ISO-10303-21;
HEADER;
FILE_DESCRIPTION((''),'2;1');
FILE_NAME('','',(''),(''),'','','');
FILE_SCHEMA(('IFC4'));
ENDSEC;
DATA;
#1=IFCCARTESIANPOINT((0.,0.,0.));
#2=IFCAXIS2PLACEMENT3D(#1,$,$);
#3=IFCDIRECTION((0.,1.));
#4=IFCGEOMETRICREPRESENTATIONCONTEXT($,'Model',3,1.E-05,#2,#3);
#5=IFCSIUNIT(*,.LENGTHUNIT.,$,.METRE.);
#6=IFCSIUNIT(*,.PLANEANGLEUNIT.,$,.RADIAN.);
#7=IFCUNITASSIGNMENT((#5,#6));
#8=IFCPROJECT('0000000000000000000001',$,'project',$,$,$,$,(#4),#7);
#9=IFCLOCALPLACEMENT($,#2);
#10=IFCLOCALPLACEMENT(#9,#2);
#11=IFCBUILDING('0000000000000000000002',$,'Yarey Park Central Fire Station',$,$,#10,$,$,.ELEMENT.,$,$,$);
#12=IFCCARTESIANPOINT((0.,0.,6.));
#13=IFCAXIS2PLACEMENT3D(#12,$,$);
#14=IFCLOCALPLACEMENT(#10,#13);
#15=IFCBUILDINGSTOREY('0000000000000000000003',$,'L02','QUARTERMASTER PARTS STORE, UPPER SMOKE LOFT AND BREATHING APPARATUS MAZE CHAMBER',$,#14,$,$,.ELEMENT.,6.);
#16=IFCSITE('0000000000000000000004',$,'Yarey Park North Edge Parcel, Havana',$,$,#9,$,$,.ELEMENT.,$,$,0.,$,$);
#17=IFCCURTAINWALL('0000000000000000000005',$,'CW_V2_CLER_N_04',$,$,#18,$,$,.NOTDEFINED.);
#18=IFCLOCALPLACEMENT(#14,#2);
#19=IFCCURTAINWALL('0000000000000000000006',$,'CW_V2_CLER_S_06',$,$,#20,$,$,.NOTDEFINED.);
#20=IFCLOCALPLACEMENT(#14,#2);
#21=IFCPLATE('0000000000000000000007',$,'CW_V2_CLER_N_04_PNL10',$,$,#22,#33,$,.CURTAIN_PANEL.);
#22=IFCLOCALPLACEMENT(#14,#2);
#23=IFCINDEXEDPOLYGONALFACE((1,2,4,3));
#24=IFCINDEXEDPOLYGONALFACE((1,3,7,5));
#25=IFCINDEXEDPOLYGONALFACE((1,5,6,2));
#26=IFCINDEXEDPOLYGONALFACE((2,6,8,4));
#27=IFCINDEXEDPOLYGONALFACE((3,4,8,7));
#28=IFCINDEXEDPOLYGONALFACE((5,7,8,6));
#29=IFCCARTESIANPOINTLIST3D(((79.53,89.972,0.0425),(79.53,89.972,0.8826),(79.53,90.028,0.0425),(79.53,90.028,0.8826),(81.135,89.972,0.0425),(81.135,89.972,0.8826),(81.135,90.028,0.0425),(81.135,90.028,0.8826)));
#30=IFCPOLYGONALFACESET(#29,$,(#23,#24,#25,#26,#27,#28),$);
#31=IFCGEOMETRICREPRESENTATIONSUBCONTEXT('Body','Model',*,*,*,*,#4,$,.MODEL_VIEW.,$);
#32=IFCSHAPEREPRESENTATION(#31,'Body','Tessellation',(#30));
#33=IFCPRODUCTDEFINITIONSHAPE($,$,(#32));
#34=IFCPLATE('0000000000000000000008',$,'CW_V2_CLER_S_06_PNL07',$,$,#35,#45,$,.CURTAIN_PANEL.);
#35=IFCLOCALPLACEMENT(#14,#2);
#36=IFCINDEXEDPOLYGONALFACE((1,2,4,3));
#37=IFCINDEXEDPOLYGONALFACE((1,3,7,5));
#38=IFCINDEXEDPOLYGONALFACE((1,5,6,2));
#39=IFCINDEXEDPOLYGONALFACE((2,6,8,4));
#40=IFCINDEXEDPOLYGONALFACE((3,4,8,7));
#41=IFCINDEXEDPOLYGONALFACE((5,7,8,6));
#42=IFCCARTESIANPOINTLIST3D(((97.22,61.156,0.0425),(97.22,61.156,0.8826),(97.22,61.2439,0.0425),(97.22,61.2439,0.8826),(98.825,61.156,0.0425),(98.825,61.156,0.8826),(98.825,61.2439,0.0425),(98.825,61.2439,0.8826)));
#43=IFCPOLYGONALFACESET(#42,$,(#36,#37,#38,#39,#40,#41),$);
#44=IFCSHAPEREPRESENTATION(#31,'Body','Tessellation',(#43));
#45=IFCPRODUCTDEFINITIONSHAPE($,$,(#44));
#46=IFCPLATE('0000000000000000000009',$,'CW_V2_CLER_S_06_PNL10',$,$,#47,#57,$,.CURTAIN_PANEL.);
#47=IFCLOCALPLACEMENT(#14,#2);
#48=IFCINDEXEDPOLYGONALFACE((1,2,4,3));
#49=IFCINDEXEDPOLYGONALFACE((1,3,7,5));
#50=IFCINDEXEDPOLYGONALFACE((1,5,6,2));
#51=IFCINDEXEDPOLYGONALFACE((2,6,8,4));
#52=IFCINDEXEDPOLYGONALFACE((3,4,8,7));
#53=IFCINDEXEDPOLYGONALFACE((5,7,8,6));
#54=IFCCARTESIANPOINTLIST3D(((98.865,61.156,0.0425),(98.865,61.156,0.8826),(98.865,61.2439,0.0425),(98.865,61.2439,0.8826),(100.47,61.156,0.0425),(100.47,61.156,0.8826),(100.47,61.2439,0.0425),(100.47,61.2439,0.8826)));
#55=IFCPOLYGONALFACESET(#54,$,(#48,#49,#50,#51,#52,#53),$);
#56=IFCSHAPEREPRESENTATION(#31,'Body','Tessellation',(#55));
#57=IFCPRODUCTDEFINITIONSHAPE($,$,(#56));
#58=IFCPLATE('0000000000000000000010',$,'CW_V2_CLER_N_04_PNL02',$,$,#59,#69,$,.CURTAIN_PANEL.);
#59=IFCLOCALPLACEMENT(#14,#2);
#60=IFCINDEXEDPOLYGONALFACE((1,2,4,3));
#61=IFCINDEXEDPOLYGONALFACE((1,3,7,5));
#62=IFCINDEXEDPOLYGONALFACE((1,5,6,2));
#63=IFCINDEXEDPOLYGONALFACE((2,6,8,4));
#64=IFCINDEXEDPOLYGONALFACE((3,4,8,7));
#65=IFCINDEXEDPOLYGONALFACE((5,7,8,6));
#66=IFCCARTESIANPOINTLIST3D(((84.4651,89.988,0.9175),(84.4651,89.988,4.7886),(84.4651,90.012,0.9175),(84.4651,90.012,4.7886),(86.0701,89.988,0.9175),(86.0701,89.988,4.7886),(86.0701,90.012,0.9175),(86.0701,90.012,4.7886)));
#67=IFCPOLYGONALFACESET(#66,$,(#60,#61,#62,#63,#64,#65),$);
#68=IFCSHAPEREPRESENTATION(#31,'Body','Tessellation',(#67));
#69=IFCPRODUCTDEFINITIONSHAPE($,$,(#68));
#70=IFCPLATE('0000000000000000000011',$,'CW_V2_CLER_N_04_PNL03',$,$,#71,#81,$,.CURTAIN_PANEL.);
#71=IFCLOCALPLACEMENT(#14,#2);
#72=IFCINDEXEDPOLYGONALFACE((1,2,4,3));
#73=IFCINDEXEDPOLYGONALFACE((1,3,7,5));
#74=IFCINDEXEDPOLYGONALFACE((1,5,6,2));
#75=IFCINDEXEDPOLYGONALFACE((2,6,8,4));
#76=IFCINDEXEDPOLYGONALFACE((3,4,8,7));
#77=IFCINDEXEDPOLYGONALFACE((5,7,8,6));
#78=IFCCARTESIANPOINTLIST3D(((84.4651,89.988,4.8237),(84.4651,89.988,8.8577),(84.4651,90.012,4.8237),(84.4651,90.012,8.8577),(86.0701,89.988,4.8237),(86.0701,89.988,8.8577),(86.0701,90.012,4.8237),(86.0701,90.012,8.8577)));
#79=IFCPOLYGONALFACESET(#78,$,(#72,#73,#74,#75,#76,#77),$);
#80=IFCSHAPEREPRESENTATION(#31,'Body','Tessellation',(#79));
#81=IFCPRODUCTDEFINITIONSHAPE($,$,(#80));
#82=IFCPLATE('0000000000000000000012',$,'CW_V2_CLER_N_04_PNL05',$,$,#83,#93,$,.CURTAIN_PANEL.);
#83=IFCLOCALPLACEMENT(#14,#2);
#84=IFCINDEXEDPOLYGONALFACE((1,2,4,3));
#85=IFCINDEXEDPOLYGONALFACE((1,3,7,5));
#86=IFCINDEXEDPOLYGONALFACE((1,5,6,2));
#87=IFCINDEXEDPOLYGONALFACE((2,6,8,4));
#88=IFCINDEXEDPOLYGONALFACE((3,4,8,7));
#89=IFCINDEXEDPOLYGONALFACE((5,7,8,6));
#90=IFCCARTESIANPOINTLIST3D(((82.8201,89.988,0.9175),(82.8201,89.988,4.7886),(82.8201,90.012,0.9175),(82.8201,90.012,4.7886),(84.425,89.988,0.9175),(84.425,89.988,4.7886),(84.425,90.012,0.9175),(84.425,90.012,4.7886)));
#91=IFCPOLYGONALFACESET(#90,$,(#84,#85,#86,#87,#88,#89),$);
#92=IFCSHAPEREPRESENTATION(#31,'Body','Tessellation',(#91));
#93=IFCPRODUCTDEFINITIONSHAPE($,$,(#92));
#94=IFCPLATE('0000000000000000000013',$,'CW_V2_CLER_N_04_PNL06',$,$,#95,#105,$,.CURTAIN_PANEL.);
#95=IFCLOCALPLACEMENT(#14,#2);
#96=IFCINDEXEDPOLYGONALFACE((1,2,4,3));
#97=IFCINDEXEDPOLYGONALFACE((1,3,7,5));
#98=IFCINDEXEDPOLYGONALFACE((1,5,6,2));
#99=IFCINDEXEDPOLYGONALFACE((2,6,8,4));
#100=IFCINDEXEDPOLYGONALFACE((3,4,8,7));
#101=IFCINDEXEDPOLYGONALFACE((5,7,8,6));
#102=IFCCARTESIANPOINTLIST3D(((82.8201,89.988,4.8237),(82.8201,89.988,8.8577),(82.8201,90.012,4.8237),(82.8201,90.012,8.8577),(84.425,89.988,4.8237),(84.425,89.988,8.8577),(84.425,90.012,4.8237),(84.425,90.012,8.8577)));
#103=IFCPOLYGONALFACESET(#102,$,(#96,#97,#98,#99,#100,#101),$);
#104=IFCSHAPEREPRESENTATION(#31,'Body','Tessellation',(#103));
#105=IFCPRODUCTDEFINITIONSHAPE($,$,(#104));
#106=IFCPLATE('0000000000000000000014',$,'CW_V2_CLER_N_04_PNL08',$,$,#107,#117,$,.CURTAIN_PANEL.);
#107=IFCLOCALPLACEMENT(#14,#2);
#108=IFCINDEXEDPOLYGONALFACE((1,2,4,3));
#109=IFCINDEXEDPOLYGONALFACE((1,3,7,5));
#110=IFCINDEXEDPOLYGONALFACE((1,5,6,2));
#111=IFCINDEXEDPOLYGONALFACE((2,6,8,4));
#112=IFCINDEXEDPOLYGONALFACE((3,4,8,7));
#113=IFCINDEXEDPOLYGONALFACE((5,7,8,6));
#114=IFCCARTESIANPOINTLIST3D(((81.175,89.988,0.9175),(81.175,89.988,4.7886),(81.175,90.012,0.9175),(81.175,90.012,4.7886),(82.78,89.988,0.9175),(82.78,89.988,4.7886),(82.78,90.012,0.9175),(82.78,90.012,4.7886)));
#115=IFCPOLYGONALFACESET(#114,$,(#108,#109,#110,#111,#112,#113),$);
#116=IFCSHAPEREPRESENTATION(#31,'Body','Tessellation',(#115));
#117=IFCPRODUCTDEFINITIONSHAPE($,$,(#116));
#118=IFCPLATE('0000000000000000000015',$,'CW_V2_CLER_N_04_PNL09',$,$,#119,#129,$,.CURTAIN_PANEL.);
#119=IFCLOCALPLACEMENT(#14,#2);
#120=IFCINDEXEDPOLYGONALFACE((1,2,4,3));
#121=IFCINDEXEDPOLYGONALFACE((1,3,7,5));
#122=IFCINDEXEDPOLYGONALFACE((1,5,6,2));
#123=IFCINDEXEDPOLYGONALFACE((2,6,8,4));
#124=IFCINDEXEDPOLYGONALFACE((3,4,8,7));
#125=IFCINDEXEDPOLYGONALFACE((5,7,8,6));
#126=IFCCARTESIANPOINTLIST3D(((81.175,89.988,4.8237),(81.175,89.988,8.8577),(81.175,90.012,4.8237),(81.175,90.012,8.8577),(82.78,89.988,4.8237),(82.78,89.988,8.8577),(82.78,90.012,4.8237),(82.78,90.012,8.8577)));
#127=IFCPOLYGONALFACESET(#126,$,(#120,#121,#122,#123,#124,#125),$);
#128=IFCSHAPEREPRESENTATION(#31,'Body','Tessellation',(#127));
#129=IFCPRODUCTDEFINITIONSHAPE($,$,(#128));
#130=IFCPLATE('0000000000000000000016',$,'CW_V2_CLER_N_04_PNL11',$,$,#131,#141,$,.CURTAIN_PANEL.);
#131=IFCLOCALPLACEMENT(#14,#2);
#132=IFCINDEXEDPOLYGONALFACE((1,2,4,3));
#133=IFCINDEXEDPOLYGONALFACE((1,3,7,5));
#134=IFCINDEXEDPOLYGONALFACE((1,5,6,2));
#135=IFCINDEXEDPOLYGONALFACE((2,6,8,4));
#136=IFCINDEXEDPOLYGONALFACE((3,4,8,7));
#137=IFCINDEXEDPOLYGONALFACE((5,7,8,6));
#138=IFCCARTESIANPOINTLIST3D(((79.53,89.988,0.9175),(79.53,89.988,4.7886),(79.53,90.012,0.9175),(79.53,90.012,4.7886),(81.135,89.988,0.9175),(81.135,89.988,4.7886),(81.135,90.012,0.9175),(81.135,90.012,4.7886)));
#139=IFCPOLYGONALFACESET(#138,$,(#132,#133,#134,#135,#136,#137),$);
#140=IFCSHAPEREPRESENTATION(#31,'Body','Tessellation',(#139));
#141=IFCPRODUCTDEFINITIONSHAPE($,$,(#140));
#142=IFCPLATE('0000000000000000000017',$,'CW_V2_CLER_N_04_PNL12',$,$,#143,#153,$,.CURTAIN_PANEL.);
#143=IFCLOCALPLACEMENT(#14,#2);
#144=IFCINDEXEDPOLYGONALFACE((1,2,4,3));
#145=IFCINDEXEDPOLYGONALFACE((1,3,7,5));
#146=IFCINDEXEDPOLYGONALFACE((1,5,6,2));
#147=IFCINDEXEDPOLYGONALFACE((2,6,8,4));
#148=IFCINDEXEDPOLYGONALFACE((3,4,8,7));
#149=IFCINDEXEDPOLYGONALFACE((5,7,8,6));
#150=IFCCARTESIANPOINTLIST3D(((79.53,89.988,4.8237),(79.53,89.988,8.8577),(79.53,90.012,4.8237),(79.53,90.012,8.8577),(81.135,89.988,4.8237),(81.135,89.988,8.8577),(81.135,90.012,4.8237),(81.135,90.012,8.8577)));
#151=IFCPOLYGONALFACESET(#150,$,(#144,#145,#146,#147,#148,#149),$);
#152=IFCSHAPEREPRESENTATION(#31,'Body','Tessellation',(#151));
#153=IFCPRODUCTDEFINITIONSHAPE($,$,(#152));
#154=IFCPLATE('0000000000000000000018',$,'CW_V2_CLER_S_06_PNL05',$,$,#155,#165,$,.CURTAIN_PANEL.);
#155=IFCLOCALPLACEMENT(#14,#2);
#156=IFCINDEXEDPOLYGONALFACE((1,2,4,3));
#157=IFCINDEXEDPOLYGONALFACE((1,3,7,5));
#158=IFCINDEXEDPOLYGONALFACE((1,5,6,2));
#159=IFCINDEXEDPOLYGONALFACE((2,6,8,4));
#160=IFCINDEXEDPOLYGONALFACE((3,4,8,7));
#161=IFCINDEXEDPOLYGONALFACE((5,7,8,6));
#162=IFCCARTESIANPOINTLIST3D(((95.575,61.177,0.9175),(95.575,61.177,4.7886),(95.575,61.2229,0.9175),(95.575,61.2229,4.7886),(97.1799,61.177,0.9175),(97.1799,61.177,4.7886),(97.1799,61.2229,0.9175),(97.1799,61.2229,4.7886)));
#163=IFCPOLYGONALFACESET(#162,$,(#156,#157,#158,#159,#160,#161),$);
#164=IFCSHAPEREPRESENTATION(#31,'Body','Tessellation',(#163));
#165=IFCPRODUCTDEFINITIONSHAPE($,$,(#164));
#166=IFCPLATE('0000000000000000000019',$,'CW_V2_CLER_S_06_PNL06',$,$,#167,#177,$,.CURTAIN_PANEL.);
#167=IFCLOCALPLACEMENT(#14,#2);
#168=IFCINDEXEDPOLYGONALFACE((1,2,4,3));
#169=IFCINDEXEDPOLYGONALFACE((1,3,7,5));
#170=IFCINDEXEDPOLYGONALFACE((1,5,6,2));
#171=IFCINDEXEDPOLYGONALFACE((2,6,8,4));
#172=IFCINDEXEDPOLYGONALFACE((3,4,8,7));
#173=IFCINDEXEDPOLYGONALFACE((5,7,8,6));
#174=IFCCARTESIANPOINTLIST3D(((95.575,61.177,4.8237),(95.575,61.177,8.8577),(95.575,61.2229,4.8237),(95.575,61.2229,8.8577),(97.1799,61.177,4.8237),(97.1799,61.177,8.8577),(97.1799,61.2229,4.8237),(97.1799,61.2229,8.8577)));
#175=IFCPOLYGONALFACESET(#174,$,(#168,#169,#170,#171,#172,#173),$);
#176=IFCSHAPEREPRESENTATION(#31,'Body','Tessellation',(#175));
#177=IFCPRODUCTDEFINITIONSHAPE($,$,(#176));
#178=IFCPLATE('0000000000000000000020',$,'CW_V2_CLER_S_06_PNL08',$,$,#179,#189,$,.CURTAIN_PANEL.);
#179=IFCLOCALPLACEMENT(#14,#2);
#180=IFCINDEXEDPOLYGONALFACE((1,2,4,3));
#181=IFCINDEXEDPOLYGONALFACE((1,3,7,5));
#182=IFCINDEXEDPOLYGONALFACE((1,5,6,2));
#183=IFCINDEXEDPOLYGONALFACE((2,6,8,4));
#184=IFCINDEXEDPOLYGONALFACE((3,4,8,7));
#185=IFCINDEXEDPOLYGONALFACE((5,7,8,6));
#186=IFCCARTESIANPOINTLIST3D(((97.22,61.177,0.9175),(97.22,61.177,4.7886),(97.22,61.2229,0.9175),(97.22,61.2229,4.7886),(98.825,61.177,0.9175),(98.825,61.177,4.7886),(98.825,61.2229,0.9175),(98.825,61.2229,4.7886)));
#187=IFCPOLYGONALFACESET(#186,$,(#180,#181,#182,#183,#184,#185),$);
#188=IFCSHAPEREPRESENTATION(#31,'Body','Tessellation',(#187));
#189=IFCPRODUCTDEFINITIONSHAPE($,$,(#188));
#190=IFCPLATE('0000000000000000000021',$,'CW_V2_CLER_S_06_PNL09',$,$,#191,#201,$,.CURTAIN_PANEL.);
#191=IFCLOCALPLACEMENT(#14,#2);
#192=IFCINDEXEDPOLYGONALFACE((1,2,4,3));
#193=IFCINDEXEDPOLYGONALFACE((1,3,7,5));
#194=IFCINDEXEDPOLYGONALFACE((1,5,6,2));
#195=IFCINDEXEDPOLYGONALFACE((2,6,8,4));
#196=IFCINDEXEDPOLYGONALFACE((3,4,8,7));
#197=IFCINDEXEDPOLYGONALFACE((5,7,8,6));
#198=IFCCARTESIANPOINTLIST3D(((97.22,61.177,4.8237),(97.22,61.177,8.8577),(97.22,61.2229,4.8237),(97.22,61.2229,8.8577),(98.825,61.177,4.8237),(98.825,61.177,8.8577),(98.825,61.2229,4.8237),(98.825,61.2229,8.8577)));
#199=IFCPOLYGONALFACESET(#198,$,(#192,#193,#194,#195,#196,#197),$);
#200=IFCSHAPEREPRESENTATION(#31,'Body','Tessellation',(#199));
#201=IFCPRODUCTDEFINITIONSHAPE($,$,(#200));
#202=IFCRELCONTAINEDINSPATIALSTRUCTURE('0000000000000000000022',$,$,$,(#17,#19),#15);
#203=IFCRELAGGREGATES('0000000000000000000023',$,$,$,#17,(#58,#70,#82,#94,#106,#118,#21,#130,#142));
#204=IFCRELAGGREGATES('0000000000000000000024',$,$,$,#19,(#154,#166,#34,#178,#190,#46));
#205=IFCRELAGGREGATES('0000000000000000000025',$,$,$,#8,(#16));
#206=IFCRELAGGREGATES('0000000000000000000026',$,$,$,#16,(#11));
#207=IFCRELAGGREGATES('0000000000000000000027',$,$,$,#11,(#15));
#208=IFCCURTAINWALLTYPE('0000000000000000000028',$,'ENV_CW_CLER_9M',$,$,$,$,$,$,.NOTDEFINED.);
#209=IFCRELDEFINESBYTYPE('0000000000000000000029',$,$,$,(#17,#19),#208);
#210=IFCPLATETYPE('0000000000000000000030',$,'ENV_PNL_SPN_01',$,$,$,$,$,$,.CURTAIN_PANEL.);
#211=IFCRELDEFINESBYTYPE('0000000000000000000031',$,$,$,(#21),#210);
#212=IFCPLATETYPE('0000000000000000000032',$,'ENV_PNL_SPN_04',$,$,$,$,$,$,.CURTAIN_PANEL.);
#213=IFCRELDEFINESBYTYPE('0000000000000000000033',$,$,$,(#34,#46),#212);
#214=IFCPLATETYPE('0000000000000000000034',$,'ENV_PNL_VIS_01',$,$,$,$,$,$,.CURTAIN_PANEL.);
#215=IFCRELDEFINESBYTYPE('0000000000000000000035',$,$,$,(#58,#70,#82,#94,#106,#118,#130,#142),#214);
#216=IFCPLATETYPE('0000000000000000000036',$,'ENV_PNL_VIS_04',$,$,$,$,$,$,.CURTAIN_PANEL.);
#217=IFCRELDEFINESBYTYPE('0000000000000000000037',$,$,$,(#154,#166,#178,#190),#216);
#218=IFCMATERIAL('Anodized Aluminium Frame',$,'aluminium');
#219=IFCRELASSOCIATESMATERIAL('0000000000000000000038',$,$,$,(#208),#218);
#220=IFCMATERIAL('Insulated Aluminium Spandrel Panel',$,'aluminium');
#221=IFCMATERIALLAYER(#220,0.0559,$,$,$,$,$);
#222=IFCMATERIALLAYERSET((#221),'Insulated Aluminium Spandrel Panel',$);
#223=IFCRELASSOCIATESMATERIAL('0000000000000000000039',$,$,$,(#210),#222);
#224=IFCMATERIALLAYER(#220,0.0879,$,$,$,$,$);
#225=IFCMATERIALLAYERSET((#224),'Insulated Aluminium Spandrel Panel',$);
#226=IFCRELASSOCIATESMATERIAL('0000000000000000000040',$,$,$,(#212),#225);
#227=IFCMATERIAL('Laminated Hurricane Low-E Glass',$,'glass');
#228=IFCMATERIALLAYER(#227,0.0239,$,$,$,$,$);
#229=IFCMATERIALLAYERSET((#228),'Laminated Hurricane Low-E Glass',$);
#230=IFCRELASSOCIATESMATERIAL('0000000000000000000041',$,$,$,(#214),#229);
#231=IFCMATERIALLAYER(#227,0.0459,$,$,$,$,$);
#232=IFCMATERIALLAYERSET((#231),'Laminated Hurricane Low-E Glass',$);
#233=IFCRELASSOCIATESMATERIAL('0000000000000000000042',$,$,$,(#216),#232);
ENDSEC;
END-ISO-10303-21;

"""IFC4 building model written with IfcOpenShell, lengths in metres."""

from ifc_helpers import new_model, si_unit, direction, frame, origin, origin_2d, place, context, subcontext, project, spatial, rectangle, extrude, material, layer, layer_set, type_object, element, aggregate, save


model = new_model("IFC4")

# Units and contexts
model_context = context("Model", 3, precision=1e-05, world=origin(), true_north=direction((0.0, 1.0)))
body_context = subcontext(model_context, "Body", "Model", "MODEL_VIEW")
ifc_project = project(units=[si_unit("LENGTHUNIT", "METRE"), si_unit("PLANEANGLEUNIT", "RADIAN")], contexts=[model_context])

# Site, building, storey
site_placement = place(None, origin())
site = spatial("IfcSite", under=ifc_project, at=site_placement, Name="Yarey Park North Edge Parcel, Havana", CompositionType="ELEMENT", RefElevation=0.0)
building_placement = place(site_placement, origin())
building = spatial("IfcBuilding", under=site, at=building_placement, Name="Yarey Park Central Fire Station", CompositionType="ELEMENT")
storey_placement = place(building_placement, frame((0.0, 0.0, 6.0)))
storey = spatial("IfcBuildingStorey", under=building, at=storey_placement, Name="L02", Description="QUARTERMASTER PARTS STORE, UPPER SMOKE LOFT AND BREATHING APPARATUS MAZE CHAMBER", CompositionType="ELEMENT", Elevation=6.0)

# Curtain walls
ifc_material_1 = material(Name="Anodized Aluminium Frame", Category="aluminium")
curtain_wall_type = type_object("IfcCurtainWallType", Name="ENV_CW_CLER_9M", PredefinedType="NOTDEFINED", material=ifc_material_1)
curtain_wall_1_placement = place(storey_placement, origin())
curtain_wall_1 = element("IfcCurtainWall", 1, at=curtain_wall_1_placement, inside=storey, type_object=curtain_wall_type, Name="CW_V2_CLER_N_04", PredefinedType="NOTDEFINED")
curtain_wall_2_placement = place(storey_placement, origin())
curtain_wall_2 = element("IfcCurtainWall", 2, at=curtain_wall_2_placement, inside=storey, type_object=curtain_wall_type, Name="CW_V2_CLER_S_06", PredefinedType="NOTDEFINED")

# Plates
ifc_material_2 = material(Name="Insulated Aluminium Spandrel Panel", Category="aluminium")
ifc_layer_1 = layer(ifc_material_2, 0.0559)
ifc_layer_set_1 = layer_set([ifc_layer_1], Name="Insulated Aluminium Spandrel Panel")
plate_type_1 = type_object("IfcPlateType", Name="ENV_PNL_SPN_01", PredefinedType="CURTAIN_PANEL", material=ifc_layer_set_1)
plate_1_placement = place(storey_placement, frame((80.3325, 90.0, 0.0425), z_axis=(0.0, 0.0, 1.0), x_axis=(-1.0, 0.0, 0.0)))
plate_1 = element("IfcPlate", 3, at=plate_1_placement, type_object=plate_type_1, Name="CW_V2_CLER_N_04_PNL10", PredefinedType="CURTAIN_PANEL", context=body_context, shape_type="SweptSolid", body=[
    extrude(rectangle(XDim=1.605, YDim=0.0559, at=origin_2d()), origin(), (0.0, 0.0, 1.0), 0.8401),
])
ifc_layer_2 = layer(ifc_material_2, 0.0879)
ifc_layer_set_2 = layer_set([ifc_layer_2], Name="Insulated Aluminium Spandrel Panel")
plate_type_2 = type_object("IfcPlateType", Name="ENV_PNL_SPN_04", PredefinedType="CURTAIN_PANEL", material=ifc_layer_set_2)
plate_2_placement = place(storey_placement, frame((98.0225, 61.2, 0.0425), z_axis=(0.0, 0.0, 1.0), x_axis=(1.0, 0.0, 0.0)))
plate_2 = element("IfcPlate", 4, at=plate_2_placement, type_object=plate_type_2, Name="CW_V2_CLER_S_06_PNL07", PredefinedType="CURTAIN_PANEL", context=body_context, shape_type="SweptSolid", body=[
    extrude(rectangle(XDim=1.605, YDim=0.0879, at=origin_2d()), origin(), (0.0, 0.0, 1.0), 0.8401),
])
plate_3_placement = place(storey_placement, frame((99.6675, 61.2, 0.0425), z_axis=(0.0, 0.0, 1.0), x_axis=(1.0, 0.0, 0.0)))
plate_3 = element("IfcPlate", 5, at=plate_3_placement, type_object=plate_type_2, Name="CW_V2_CLER_S_06_PNL10", PredefinedType="CURTAIN_PANEL", context=body_context, shape_type="SweptSolid", body=[
    extrude(rectangle(XDim=1.605, YDim=0.0879, at=origin_2d()), origin(), (0.0, 0.0, 1.0), 0.8401),
])
ifc_material_3 = material(Name="Laminated Hurricane Low-E Glass", Category="glass")
ifc_layer_3 = layer(ifc_material_3, 0.0239)
ifc_layer_set_3 = layer_set([ifc_layer_3], Name="Laminated Hurricane Low-E Glass")
plate_type_3 = type_object("IfcPlateType", Name="ENV_PNL_VIS_01", PredefinedType="CURTAIN_PANEL", material=ifc_layer_set_3)
plate_4_placement = place(storey_placement, frame((85.2676, 90.0, 0.9175), z_axis=(0.0, 0.0, 1.0), x_axis=(-1.0, 0.0, 0.0)))
plate_4 = element("IfcPlate", 6, at=plate_4_placement, type_object=plate_type_3, Name="CW_V2_CLER_N_04_PNL02", PredefinedType="CURTAIN_PANEL", context=body_context, shape_type="SweptSolid", body=[
    extrude(rectangle(XDim=1.605, YDim=0.0239, at=origin_2d()), origin(), (0.0, 0.0, 1.0), 3.8711),
])
plate_5_placement = place(storey_placement, frame((85.2676, 90.0, 4.8237), z_axis=(0.0, 0.0, 1.0), x_axis=(-1.0, 0.0, 0.0)))
plate_5 = element("IfcPlate", 7, at=plate_5_placement, type_object=plate_type_3, Name="CW_V2_CLER_N_04_PNL03", PredefinedType="CURTAIN_PANEL", context=body_context, shape_type="SweptSolid", body=[
    extrude(rectangle(XDim=1.605, YDim=0.0239, at=origin_2d()), origin(), (0.0, 0.0, 1.0), 4.0339),
])
plate_6_placement = place(storey_placement, frame((83.6226, 90.0, 0.9175), z_axis=(0.0, 0.0, 1.0), x_axis=(-1.0, 0.0, 0.0)))
plate_6 = element("IfcPlate", 8, at=plate_6_placement, type_object=plate_type_3, Name="CW_V2_CLER_N_04_PNL05", PredefinedType="CURTAIN_PANEL", context=body_context, shape_type="SweptSolid", body=[
    extrude(rectangle(XDim=1.605, YDim=0.0239, at=origin_2d()), origin(), (0.0, 0.0, 1.0), 3.8711),
])
plate_7_placement = place(storey_placement, frame((83.6226, 90.0, 4.8237), z_axis=(0.0, 0.0, 1.0), x_axis=(-1.0, 0.0, 0.0)))
plate_7 = element("IfcPlate", 9, at=plate_7_placement, type_object=plate_type_3, Name="CW_V2_CLER_N_04_PNL06", PredefinedType="CURTAIN_PANEL", context=body_context, shape_type="SweptSolid", body=[
    extrude(rectangle(XDim=1.605, YDim=0.0239, at=origin_2d()), origin(), (0.0, 0.0, 1.0), 4.0339),
])
plate_8_placement = place(storey_placement, frame((81.9775, 90.0, 0.9175), z_axis=(0.0, 0.0, 1.0), x_axis=(-1.0, 0.0, 0.0)))
plate_8 = element("IfcPlate", 10, at=plate_8_placement, type_object=plate_type_3, Name="CW_V2_CLER_N_04_PNL08", PredefinedType="CURTAIN_PANEL", context=body_context, shape_type="SweptSolid", body=[
    extrude(rectangle(XDim=1.605, YDim=0.0239, at=origin_2d()), origin(), (0.0, 0.0, 1.0), 3.8711),
])
plate_9_placement = place(storey_placement, frame((81.9775, 90.0, 4.8237), z_axis=(0.0, 0.0, 1.0), x_axis=(-1.0, 0.0, 0.0)))
plate_9 = element("IfcPlate", 11, at=plate_9_placement, type_object=plate_type_3, Name="CW_V2_CLER_N_04_PNL09", PredefinedType="CURTAIN_PANEL", context=body_context, shape_type="SweptSolid", body=[
    extrude(rectangle(XDim=1.605, YDim=0.0239, at=origin_2d()), origin(), (0.0, 0.0, 1.0), 4.0339),
])
plate_10_placement = place(storey_placement, frame((80.3325, 90.0, 0.9175), z_axis=(0.0, 0.0, 1.0), x_axis=(-1.0, 0.0, 0.0)))
plate_10 = element("IfcPlate", 12, at=plate_10_placement, type_object=plate_type_3, Name="CW_V2_CLER_N_04_PNL11", PredefinedType="CURTAIN_PANEL", context=body_context, shape_type="SweptSolid", body=[
    extrude(rectangle(XDim=1.605, YDim=0.0239, at=origin_2d()), origin(), (0.0, 0.0, 1.0), 3.8711),
])
plate_11_placement = place(storey_placement, frame((80.3325, 90.0, 4.8237), z_axis=(0.0, 0.0, 1.0), x_axis=(-1.0, 0.0, 0.0)))
plate_11 = element("IfcPlate", 13, at=plate_11_placement, type_object=plate_type_3, Name="CW_V2_CLER_N_04_PNL12", PredefinedType="CURTAIN_PANEL", context=body_context, shape_type="SweptSolid", body=[
    extrude(rectangle(XDim=1.605, YDim=0.0239, at=origin_2d()), origin(), (0.0, 0.0, 1.0), 4.0339),
])
aggregate(curtain_wall_1, [plate_4, plate_5, plate_6, plate_7, plate_8, plate_9, plate_1, plate_10, plate_11])
ifc_layer_4 = layer(ifc_material_3, 0.0459)
ifc_layer_set_4 = layer_set([ifc_layer_4], Name="Laminated Hurricane Low-E Glass")
plate_type_4 = type_object("IfcPlateType", Name="ENV_PNL_VIS_04", PredefinedType="CURTAIN_PANEL", material=ifc_layer_set_4)
plate_12_placement = place(storey_placement, frame((96.3774, 61.2, 0.9175), z_axis=(0.0, 0.0, 1.0), x_axis=(1.0, 0.0, 0.0)))
plate_12 = element("IfcPlate", 14, at=plate_12_placement, type_object=plate_type_4, Name="CW_V2_CLER_S_06_PNL05", PredefinedType="CURTAIN_PANEL", context=body_context, shape_type="SweptSolid", body=[
    extrude(rectangle(XDim=1.605, YDim=0.0459, at=origin_2d()), origin(), (0.0, 0.0, 1.0), 3.8711),
])
plate_13_placement = place(storey_placement, frame((96.3774, 61.2, 4.8237), z_axis=(0.0, 0.0, 1.0), x_axis=(1.0, 0.0, 0.0)))
plate_13 = element("IfcPlate", 15, at=plate_13_placement, type_object=plate_type_4, Name="CW_V2_CLER_S_06_PNL06", PredefinedType="CURTAIN_PANEL", context=body_context, shape_type="SweptSolid", body=[
    extrude(rectangle(XDim=1.605, YDim=0.0459, at=origin_2d()), origin(), (0.0, 0.0, 1.0), 4.0339),
])
plate_14_placement = place(storey_placement, frame((98.0225, 61.2, 0.9175), z_axis=(0.0, 0.0, 1.0), x_axis=(1.0, 0.0, 0.0)))
plate_14 = element("IfcPlate", 16, at=plate_14_placement, type_object=plate_type_4, Name="CW_V2_CLER_S_06_PNL08", PredefinedType="CURTAIN_PANEL", context=body_context, shape_type="SweptSolid", body=[
    extrude(rectangle(XDim=1.605, YDim=0.0459, at=origin_2d()), origin(), (0.0, 0.0, 1.0), 3.8711),
])
plate_15_placement = place(storey_placement, frame((98.0225, 61.2, 4.8237), z_axis=(0.0, 0.0, 1.0), x_axis=(1.0, 0.0, 0.0)))
plate_15 = element("IfcPlate", 17, at=plate_15_placement, type_object=plate_type_4, Name="CW_V2_CLER_S_06_PNL09", PredefinedType="CURTAIN_PANEL", context=body_context, shape_type="SweptSolid", body=[
    extrude(rectangle(XDim=1.605, YDim=0.0459, at=origin_2d()), origin(), (0.0, 0.0, 1.0), 4.0339),
])
aggregate(curtain_wall_2, [plate_12, plate_13, plate_2, plate_14, plate_15, plate_3])

save(model, "model.ifc")
